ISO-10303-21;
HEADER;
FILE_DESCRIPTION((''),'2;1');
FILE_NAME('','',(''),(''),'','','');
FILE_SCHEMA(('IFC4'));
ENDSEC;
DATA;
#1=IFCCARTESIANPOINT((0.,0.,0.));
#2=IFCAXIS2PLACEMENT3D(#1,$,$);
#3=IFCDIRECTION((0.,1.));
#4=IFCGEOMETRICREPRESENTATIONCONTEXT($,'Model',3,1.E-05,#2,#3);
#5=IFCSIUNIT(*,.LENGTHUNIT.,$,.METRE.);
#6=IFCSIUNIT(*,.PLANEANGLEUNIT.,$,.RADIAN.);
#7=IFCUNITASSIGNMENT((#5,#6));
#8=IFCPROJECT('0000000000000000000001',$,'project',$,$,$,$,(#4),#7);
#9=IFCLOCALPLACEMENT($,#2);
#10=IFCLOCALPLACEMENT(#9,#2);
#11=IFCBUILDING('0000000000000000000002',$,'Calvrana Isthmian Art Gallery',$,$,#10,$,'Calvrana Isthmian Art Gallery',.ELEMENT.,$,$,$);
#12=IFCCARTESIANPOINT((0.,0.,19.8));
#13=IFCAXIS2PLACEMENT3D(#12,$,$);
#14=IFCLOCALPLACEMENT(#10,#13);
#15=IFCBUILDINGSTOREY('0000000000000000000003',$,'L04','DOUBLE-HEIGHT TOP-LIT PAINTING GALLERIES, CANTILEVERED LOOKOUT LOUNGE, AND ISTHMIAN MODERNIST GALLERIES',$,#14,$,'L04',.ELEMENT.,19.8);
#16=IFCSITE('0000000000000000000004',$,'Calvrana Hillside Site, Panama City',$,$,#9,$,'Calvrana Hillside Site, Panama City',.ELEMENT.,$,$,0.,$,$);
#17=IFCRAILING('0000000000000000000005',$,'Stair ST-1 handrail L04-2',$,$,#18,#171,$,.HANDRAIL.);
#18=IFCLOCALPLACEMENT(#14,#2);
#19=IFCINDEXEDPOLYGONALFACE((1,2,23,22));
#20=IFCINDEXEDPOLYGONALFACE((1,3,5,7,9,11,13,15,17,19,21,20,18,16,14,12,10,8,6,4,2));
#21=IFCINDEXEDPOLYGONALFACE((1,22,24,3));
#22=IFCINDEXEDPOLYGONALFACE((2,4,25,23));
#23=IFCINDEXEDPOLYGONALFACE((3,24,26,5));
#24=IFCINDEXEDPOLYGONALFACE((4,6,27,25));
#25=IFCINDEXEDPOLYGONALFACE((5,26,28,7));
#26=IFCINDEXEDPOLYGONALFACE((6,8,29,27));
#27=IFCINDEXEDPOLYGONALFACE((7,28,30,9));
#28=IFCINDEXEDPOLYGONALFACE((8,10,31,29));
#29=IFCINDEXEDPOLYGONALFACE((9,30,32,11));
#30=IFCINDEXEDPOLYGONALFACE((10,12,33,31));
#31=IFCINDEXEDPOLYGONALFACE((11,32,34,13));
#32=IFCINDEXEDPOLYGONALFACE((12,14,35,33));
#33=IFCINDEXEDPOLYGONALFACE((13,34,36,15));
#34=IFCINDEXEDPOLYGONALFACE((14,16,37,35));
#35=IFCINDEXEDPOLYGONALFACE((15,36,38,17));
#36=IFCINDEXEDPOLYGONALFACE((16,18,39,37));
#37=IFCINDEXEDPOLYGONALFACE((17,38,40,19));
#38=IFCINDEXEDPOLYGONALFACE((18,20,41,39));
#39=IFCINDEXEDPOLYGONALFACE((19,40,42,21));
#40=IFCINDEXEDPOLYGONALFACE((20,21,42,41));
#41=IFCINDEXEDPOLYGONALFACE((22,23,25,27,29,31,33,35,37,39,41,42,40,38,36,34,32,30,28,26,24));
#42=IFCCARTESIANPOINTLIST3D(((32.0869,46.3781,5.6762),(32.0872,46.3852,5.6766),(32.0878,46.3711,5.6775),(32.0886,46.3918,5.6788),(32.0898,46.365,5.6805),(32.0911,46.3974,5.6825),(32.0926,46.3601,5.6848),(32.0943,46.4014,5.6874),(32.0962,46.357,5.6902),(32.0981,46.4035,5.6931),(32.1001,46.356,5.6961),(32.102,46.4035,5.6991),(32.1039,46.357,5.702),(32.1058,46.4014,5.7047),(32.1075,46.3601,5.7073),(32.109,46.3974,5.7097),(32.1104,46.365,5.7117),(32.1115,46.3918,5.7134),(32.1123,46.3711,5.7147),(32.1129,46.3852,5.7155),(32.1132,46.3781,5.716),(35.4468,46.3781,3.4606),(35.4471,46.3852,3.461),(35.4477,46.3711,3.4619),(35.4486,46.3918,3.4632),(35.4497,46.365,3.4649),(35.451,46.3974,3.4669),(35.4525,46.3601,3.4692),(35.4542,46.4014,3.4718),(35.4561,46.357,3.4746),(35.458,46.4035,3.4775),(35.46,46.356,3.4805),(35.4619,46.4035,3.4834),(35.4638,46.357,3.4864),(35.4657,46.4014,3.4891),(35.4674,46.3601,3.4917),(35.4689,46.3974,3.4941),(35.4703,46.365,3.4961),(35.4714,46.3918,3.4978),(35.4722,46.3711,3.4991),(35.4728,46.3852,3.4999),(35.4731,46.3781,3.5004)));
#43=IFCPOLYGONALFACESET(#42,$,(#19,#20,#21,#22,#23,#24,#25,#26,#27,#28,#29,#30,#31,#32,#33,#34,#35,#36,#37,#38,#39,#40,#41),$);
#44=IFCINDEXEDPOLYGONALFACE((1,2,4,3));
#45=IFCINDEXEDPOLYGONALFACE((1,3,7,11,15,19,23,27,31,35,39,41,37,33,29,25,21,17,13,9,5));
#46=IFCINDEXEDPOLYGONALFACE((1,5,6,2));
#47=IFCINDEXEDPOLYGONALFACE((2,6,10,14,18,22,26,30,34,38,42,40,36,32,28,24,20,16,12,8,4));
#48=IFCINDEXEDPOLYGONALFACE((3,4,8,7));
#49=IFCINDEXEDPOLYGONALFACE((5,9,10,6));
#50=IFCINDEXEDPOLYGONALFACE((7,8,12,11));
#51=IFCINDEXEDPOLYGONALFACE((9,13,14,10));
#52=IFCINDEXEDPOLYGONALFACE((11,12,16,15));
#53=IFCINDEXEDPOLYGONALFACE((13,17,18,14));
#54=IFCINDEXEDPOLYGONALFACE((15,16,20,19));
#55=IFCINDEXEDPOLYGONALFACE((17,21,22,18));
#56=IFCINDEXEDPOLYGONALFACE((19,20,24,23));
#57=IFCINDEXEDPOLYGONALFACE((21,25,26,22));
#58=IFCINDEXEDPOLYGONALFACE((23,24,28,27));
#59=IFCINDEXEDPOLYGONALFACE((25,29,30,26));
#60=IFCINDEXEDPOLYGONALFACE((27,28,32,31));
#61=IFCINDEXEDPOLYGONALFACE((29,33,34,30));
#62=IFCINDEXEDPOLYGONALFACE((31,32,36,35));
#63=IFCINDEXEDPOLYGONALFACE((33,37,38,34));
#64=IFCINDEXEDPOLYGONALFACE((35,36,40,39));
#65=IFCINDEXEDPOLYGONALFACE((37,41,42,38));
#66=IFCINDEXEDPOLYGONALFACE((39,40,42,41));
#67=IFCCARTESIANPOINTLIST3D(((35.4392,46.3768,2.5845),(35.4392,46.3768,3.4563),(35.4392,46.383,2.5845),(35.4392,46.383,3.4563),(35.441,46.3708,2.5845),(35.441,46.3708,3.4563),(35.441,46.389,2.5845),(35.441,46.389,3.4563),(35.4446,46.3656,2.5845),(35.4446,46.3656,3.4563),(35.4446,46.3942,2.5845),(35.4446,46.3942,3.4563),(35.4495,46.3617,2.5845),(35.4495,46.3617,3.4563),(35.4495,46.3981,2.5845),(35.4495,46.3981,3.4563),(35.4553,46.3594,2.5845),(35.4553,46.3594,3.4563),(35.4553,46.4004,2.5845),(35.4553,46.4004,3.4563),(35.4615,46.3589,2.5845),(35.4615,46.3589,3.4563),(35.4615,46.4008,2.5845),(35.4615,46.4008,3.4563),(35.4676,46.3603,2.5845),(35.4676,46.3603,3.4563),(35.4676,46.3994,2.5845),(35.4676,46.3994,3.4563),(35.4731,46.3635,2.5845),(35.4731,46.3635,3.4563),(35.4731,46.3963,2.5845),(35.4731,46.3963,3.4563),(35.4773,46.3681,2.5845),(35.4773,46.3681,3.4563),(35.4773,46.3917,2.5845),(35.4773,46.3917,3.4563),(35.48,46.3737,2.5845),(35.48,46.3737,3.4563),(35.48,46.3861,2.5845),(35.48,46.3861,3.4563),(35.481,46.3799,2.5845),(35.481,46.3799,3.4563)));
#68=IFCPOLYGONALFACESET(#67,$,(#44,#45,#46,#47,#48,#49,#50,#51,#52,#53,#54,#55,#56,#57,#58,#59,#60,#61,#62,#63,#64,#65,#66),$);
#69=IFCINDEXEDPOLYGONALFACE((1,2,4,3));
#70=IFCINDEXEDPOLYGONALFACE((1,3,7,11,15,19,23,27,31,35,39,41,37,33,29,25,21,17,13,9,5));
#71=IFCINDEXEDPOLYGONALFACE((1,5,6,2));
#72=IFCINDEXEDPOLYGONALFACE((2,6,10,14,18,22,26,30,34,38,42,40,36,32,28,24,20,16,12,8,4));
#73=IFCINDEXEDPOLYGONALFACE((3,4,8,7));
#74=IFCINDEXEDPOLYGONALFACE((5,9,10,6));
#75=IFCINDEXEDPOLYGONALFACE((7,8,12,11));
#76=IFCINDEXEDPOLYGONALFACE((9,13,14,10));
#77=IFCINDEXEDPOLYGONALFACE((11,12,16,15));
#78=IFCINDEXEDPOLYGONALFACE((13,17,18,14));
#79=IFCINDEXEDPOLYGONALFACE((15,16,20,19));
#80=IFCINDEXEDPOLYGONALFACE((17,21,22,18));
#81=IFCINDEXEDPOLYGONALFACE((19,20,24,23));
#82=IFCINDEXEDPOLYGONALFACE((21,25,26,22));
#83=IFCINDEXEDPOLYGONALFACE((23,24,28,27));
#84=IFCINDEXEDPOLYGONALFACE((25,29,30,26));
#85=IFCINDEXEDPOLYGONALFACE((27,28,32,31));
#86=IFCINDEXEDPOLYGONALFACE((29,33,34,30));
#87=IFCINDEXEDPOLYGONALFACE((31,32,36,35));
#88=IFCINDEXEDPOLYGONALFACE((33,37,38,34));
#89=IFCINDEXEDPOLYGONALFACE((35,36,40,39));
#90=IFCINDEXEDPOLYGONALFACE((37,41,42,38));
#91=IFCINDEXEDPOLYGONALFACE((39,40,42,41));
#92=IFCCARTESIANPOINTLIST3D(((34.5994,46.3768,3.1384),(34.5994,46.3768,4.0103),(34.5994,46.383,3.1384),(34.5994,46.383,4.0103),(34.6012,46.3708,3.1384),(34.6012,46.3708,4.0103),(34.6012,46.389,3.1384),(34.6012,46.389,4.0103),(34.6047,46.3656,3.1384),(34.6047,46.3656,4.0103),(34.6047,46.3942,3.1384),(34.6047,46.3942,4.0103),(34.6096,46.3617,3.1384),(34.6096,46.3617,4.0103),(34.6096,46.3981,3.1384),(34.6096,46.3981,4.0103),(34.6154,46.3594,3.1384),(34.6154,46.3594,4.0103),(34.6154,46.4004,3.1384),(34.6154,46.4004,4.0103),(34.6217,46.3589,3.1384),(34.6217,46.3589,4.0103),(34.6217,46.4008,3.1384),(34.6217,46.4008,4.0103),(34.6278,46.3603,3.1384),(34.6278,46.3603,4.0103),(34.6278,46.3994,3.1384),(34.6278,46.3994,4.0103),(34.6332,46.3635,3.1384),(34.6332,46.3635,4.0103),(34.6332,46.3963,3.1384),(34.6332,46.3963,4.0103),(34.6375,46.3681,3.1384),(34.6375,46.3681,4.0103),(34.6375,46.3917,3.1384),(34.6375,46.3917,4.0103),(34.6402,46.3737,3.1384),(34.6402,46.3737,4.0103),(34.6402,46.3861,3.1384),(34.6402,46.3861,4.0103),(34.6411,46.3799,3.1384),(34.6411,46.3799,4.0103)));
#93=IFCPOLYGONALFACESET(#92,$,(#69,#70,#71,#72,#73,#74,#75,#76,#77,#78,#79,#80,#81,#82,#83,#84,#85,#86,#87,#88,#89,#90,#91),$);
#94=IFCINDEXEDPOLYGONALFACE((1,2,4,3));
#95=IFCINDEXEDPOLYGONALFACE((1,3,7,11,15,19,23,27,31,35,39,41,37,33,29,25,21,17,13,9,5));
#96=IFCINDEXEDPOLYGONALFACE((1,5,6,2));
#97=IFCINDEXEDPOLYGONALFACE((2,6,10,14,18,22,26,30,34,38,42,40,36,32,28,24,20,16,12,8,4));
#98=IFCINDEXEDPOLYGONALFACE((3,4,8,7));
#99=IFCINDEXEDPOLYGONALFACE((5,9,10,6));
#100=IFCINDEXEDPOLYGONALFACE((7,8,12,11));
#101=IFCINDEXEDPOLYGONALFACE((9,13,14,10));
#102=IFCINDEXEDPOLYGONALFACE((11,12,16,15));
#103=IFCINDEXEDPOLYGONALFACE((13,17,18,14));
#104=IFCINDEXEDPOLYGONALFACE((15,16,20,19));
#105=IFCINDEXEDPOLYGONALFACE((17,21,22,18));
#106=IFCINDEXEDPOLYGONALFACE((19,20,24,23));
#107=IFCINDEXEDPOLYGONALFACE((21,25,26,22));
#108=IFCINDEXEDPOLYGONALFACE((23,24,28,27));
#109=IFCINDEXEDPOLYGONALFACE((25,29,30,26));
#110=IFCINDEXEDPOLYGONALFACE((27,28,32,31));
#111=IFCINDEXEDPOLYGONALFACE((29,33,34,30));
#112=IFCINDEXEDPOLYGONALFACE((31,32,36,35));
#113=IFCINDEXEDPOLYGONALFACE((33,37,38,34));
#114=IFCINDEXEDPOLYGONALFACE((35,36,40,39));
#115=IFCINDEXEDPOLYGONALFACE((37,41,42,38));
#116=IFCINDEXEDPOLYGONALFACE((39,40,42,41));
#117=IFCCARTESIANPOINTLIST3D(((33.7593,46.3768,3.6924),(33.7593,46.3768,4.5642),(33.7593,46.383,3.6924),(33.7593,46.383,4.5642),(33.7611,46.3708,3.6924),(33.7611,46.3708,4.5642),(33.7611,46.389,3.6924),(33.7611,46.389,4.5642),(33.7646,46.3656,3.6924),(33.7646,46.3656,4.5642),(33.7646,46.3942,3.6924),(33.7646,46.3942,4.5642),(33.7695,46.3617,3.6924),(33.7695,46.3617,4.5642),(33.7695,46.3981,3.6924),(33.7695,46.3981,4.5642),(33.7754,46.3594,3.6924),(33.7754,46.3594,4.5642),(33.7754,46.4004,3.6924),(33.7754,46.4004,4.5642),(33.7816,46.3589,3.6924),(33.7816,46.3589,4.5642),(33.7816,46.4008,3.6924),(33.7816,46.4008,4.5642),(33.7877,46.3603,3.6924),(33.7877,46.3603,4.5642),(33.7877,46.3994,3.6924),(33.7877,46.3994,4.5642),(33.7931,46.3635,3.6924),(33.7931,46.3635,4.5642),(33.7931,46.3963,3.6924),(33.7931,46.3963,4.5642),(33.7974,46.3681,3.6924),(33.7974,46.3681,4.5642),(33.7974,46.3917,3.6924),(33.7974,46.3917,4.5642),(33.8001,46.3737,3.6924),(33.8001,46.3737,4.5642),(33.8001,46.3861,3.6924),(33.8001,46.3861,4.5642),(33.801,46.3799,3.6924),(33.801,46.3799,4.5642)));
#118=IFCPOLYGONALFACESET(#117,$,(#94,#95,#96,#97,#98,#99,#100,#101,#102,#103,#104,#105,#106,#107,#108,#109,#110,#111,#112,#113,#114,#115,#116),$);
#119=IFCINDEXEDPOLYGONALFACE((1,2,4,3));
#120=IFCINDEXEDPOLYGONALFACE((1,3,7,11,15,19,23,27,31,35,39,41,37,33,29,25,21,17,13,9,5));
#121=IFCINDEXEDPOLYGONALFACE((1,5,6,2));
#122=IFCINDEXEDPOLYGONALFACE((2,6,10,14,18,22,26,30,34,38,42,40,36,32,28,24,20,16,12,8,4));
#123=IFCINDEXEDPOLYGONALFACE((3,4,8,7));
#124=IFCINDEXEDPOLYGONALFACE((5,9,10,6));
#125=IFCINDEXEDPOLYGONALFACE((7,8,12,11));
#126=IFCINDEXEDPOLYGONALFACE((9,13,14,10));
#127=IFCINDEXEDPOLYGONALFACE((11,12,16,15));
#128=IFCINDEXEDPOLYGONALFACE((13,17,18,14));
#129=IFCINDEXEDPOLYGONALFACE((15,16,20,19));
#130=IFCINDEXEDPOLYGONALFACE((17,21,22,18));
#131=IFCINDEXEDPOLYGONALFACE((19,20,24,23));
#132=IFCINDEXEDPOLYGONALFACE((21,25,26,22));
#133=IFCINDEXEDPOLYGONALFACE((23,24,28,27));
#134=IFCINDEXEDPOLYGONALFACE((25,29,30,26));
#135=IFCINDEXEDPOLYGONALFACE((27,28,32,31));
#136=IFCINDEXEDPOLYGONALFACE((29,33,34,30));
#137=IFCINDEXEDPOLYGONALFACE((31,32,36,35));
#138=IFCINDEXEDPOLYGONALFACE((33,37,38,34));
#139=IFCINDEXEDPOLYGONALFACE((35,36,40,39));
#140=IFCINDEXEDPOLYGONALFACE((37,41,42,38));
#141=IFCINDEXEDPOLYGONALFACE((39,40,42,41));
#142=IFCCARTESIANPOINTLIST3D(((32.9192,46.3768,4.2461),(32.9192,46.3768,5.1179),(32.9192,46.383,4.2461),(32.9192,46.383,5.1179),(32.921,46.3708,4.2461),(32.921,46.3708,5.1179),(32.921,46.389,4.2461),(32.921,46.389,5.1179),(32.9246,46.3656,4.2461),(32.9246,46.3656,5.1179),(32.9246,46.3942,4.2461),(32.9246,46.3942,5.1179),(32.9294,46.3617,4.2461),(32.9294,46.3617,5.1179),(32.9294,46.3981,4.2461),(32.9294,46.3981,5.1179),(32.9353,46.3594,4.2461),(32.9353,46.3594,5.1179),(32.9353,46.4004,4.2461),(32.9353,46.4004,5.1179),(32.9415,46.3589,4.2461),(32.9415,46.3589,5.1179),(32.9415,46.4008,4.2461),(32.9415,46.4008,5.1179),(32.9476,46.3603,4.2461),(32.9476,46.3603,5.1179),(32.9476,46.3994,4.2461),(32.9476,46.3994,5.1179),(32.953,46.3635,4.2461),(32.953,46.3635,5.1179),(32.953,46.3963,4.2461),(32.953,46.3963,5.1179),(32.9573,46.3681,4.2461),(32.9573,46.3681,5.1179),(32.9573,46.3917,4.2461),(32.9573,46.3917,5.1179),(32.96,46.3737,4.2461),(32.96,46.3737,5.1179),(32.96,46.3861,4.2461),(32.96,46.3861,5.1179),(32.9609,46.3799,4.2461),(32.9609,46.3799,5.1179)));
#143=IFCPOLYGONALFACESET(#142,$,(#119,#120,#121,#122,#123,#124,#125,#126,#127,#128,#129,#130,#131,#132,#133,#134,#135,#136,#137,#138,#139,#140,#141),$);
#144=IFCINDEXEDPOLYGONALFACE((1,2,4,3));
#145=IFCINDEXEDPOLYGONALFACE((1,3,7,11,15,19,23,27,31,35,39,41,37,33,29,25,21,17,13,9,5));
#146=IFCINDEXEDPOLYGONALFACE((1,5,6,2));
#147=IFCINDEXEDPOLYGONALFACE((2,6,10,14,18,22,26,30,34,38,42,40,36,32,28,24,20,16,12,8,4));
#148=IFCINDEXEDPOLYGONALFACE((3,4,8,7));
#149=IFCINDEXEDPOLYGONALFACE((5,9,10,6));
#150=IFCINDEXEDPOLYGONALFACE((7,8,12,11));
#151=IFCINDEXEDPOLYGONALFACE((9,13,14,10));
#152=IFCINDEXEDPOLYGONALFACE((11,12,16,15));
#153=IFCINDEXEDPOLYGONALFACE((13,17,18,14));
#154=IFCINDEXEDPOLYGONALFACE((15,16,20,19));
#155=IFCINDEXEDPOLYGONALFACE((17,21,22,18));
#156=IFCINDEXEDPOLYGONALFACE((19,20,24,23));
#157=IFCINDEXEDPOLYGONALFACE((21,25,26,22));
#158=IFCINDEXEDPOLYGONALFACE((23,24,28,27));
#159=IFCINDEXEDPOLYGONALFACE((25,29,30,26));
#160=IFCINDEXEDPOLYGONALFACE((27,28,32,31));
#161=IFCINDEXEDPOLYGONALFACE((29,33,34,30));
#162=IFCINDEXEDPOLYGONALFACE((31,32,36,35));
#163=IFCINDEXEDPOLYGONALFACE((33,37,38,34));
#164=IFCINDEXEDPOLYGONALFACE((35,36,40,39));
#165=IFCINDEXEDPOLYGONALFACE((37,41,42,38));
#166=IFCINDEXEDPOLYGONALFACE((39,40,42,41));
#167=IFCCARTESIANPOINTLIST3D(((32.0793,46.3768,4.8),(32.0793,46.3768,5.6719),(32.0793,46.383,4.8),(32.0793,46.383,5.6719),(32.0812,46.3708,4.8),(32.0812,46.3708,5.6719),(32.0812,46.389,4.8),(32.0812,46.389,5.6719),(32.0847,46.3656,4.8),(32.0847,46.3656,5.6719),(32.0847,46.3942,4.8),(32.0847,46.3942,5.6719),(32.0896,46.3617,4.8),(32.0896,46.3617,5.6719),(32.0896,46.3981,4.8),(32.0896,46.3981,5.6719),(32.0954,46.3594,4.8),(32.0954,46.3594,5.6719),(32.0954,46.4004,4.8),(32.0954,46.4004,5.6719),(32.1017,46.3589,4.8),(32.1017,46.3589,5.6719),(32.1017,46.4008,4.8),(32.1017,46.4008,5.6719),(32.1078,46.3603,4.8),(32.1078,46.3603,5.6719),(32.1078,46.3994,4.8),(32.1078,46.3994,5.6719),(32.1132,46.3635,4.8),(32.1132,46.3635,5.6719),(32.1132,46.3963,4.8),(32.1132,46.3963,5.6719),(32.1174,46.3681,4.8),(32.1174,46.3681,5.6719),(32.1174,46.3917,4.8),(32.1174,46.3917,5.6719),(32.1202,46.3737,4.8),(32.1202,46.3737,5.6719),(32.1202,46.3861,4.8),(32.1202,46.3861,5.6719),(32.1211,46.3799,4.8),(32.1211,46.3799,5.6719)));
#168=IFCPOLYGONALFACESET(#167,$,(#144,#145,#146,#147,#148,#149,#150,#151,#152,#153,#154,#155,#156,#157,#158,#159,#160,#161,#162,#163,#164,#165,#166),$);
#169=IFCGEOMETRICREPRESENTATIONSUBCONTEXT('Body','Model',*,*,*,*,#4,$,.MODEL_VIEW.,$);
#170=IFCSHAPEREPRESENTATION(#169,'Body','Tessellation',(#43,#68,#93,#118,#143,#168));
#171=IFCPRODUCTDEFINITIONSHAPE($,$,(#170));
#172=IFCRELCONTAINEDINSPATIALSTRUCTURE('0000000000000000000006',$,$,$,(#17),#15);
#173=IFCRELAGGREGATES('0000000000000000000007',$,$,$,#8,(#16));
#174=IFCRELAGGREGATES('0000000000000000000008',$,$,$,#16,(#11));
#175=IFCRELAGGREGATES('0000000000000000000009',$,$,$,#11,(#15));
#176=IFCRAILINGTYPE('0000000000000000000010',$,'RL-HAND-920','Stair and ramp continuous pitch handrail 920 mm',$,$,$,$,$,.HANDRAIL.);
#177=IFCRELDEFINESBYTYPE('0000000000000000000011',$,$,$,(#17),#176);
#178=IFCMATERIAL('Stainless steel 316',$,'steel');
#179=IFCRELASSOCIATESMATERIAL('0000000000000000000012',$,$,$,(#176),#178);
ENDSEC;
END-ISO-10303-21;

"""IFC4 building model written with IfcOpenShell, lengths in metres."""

from ifc_helpers import new_model, si_unit, direction, frame, origin, origin_2d, place, context, subcontext, project, spatial, circle, extrude, material, type_object, element, save


model = new_model("IFC4")

# Units and contexts
model_context = context("Model", 3, precision=1e-05, world=origin(), true_north=direction((0.0, 1.0)))
body_context = subcontext(model_context, "Body", "Model", "MODEL_VIEW")
ifc_project = project(units=[si_unit("LENGTHUNIT", "METRE"), si_unit("PLANEANGLEUNIT", "RADIAN")], contexts=[model_context])

# Site, building, storey
site_placement = place(None, origin())
site = spatial("IfcSite", under=ifc_project, at=site_placement, Name="Calvrana Hillside Site, Panama City", LongName="Calvrana Hillside Site, Panama City", CompositionType="ELEMENT", RefElevation=0.0)
building_placement = place(site_placement, origin())
building = spatial("IfcBuilding", under=site, at=building_placement, Name="Calvrana Isthmian Art Gallery", LongName="Calvrana Isthmian Art Gallery", CompositionType="ELEMENT")
storey_placement = place(building_placement, frame((0.0, 0.0, 19.8)))
storey = spatial("IfcBuildingStorey", under=building, at=storey_placement, Name="L04", Description="DOUBLE-HEIGHT TOP-LIT PAINTING GALLERIES, CANTILEVERED LOOKOUT LOUNGE, AND ISTHMIAN MODERNIST GALLERIES", LongName="L04", CompositionType="ELEMENT", Elevation=19.8)

# Shared definitions
ifc_material_1 = material(Name="Stainless steel 316", Category="steel")

# Railing
railing_type_1 = type_object("IfcRailingType", Name="RL-HAND-920", Description="Stair and ramp continuous pitch handrail 920 mm", PredefinedType="HANDRAIL", material=ifc_material_1)
railing_1_placement = place(storey_placement, frame((35.46, 46.3799, 2.5845)))
element("IfcRailing", 1, at=railing_1_placement, inside=storey, type_object=railing_type_1, Name="Stair ST-1 handrail L04-2", PredefinedType="HANDRAIL", context=body_context, shape_type="SweptSolid", body=[
    extrude(circle(Radius=0.0239, at=origin_2d()), frame((0.0, 0.0, 0.896), z_axis=(-0.83483, 0.0, 0.550508), x_axis=(0.0, -1.0, 0.0)), (0.0, 0.0, 1.0), 4.0247),
    extrude(circle(Radius=0.021, at=origin_2d()), origin(), (0.0, 0.0, 1.0), 0.8718),
    extrude(circle(Radius=0.021, at=origin_2d()), frame((-0.8398, 0.0, 0.554)), (0.0, 0.0, 1.0), 0.8718),
    extrude(circle(Radius=0.021, at=origin_2d()), frame((-1.6799, 0.0, 1.1079)), (0.0, 0.0, 1.0), 0.8718),
    extrude(circle(Radius=0.021, at=origin_2d()), frame((-2.52, 0.0, 1.6616)), (0.0, 0.0, 1.0), 0.8718),
    extrude(circle(Radius=0.021, at=origin_2d()), frame((-3.3599, 0.0, 2.2156)), (0.0, 0.0, 1.0), 0.8718),
])

save(model, "model.ifc")
